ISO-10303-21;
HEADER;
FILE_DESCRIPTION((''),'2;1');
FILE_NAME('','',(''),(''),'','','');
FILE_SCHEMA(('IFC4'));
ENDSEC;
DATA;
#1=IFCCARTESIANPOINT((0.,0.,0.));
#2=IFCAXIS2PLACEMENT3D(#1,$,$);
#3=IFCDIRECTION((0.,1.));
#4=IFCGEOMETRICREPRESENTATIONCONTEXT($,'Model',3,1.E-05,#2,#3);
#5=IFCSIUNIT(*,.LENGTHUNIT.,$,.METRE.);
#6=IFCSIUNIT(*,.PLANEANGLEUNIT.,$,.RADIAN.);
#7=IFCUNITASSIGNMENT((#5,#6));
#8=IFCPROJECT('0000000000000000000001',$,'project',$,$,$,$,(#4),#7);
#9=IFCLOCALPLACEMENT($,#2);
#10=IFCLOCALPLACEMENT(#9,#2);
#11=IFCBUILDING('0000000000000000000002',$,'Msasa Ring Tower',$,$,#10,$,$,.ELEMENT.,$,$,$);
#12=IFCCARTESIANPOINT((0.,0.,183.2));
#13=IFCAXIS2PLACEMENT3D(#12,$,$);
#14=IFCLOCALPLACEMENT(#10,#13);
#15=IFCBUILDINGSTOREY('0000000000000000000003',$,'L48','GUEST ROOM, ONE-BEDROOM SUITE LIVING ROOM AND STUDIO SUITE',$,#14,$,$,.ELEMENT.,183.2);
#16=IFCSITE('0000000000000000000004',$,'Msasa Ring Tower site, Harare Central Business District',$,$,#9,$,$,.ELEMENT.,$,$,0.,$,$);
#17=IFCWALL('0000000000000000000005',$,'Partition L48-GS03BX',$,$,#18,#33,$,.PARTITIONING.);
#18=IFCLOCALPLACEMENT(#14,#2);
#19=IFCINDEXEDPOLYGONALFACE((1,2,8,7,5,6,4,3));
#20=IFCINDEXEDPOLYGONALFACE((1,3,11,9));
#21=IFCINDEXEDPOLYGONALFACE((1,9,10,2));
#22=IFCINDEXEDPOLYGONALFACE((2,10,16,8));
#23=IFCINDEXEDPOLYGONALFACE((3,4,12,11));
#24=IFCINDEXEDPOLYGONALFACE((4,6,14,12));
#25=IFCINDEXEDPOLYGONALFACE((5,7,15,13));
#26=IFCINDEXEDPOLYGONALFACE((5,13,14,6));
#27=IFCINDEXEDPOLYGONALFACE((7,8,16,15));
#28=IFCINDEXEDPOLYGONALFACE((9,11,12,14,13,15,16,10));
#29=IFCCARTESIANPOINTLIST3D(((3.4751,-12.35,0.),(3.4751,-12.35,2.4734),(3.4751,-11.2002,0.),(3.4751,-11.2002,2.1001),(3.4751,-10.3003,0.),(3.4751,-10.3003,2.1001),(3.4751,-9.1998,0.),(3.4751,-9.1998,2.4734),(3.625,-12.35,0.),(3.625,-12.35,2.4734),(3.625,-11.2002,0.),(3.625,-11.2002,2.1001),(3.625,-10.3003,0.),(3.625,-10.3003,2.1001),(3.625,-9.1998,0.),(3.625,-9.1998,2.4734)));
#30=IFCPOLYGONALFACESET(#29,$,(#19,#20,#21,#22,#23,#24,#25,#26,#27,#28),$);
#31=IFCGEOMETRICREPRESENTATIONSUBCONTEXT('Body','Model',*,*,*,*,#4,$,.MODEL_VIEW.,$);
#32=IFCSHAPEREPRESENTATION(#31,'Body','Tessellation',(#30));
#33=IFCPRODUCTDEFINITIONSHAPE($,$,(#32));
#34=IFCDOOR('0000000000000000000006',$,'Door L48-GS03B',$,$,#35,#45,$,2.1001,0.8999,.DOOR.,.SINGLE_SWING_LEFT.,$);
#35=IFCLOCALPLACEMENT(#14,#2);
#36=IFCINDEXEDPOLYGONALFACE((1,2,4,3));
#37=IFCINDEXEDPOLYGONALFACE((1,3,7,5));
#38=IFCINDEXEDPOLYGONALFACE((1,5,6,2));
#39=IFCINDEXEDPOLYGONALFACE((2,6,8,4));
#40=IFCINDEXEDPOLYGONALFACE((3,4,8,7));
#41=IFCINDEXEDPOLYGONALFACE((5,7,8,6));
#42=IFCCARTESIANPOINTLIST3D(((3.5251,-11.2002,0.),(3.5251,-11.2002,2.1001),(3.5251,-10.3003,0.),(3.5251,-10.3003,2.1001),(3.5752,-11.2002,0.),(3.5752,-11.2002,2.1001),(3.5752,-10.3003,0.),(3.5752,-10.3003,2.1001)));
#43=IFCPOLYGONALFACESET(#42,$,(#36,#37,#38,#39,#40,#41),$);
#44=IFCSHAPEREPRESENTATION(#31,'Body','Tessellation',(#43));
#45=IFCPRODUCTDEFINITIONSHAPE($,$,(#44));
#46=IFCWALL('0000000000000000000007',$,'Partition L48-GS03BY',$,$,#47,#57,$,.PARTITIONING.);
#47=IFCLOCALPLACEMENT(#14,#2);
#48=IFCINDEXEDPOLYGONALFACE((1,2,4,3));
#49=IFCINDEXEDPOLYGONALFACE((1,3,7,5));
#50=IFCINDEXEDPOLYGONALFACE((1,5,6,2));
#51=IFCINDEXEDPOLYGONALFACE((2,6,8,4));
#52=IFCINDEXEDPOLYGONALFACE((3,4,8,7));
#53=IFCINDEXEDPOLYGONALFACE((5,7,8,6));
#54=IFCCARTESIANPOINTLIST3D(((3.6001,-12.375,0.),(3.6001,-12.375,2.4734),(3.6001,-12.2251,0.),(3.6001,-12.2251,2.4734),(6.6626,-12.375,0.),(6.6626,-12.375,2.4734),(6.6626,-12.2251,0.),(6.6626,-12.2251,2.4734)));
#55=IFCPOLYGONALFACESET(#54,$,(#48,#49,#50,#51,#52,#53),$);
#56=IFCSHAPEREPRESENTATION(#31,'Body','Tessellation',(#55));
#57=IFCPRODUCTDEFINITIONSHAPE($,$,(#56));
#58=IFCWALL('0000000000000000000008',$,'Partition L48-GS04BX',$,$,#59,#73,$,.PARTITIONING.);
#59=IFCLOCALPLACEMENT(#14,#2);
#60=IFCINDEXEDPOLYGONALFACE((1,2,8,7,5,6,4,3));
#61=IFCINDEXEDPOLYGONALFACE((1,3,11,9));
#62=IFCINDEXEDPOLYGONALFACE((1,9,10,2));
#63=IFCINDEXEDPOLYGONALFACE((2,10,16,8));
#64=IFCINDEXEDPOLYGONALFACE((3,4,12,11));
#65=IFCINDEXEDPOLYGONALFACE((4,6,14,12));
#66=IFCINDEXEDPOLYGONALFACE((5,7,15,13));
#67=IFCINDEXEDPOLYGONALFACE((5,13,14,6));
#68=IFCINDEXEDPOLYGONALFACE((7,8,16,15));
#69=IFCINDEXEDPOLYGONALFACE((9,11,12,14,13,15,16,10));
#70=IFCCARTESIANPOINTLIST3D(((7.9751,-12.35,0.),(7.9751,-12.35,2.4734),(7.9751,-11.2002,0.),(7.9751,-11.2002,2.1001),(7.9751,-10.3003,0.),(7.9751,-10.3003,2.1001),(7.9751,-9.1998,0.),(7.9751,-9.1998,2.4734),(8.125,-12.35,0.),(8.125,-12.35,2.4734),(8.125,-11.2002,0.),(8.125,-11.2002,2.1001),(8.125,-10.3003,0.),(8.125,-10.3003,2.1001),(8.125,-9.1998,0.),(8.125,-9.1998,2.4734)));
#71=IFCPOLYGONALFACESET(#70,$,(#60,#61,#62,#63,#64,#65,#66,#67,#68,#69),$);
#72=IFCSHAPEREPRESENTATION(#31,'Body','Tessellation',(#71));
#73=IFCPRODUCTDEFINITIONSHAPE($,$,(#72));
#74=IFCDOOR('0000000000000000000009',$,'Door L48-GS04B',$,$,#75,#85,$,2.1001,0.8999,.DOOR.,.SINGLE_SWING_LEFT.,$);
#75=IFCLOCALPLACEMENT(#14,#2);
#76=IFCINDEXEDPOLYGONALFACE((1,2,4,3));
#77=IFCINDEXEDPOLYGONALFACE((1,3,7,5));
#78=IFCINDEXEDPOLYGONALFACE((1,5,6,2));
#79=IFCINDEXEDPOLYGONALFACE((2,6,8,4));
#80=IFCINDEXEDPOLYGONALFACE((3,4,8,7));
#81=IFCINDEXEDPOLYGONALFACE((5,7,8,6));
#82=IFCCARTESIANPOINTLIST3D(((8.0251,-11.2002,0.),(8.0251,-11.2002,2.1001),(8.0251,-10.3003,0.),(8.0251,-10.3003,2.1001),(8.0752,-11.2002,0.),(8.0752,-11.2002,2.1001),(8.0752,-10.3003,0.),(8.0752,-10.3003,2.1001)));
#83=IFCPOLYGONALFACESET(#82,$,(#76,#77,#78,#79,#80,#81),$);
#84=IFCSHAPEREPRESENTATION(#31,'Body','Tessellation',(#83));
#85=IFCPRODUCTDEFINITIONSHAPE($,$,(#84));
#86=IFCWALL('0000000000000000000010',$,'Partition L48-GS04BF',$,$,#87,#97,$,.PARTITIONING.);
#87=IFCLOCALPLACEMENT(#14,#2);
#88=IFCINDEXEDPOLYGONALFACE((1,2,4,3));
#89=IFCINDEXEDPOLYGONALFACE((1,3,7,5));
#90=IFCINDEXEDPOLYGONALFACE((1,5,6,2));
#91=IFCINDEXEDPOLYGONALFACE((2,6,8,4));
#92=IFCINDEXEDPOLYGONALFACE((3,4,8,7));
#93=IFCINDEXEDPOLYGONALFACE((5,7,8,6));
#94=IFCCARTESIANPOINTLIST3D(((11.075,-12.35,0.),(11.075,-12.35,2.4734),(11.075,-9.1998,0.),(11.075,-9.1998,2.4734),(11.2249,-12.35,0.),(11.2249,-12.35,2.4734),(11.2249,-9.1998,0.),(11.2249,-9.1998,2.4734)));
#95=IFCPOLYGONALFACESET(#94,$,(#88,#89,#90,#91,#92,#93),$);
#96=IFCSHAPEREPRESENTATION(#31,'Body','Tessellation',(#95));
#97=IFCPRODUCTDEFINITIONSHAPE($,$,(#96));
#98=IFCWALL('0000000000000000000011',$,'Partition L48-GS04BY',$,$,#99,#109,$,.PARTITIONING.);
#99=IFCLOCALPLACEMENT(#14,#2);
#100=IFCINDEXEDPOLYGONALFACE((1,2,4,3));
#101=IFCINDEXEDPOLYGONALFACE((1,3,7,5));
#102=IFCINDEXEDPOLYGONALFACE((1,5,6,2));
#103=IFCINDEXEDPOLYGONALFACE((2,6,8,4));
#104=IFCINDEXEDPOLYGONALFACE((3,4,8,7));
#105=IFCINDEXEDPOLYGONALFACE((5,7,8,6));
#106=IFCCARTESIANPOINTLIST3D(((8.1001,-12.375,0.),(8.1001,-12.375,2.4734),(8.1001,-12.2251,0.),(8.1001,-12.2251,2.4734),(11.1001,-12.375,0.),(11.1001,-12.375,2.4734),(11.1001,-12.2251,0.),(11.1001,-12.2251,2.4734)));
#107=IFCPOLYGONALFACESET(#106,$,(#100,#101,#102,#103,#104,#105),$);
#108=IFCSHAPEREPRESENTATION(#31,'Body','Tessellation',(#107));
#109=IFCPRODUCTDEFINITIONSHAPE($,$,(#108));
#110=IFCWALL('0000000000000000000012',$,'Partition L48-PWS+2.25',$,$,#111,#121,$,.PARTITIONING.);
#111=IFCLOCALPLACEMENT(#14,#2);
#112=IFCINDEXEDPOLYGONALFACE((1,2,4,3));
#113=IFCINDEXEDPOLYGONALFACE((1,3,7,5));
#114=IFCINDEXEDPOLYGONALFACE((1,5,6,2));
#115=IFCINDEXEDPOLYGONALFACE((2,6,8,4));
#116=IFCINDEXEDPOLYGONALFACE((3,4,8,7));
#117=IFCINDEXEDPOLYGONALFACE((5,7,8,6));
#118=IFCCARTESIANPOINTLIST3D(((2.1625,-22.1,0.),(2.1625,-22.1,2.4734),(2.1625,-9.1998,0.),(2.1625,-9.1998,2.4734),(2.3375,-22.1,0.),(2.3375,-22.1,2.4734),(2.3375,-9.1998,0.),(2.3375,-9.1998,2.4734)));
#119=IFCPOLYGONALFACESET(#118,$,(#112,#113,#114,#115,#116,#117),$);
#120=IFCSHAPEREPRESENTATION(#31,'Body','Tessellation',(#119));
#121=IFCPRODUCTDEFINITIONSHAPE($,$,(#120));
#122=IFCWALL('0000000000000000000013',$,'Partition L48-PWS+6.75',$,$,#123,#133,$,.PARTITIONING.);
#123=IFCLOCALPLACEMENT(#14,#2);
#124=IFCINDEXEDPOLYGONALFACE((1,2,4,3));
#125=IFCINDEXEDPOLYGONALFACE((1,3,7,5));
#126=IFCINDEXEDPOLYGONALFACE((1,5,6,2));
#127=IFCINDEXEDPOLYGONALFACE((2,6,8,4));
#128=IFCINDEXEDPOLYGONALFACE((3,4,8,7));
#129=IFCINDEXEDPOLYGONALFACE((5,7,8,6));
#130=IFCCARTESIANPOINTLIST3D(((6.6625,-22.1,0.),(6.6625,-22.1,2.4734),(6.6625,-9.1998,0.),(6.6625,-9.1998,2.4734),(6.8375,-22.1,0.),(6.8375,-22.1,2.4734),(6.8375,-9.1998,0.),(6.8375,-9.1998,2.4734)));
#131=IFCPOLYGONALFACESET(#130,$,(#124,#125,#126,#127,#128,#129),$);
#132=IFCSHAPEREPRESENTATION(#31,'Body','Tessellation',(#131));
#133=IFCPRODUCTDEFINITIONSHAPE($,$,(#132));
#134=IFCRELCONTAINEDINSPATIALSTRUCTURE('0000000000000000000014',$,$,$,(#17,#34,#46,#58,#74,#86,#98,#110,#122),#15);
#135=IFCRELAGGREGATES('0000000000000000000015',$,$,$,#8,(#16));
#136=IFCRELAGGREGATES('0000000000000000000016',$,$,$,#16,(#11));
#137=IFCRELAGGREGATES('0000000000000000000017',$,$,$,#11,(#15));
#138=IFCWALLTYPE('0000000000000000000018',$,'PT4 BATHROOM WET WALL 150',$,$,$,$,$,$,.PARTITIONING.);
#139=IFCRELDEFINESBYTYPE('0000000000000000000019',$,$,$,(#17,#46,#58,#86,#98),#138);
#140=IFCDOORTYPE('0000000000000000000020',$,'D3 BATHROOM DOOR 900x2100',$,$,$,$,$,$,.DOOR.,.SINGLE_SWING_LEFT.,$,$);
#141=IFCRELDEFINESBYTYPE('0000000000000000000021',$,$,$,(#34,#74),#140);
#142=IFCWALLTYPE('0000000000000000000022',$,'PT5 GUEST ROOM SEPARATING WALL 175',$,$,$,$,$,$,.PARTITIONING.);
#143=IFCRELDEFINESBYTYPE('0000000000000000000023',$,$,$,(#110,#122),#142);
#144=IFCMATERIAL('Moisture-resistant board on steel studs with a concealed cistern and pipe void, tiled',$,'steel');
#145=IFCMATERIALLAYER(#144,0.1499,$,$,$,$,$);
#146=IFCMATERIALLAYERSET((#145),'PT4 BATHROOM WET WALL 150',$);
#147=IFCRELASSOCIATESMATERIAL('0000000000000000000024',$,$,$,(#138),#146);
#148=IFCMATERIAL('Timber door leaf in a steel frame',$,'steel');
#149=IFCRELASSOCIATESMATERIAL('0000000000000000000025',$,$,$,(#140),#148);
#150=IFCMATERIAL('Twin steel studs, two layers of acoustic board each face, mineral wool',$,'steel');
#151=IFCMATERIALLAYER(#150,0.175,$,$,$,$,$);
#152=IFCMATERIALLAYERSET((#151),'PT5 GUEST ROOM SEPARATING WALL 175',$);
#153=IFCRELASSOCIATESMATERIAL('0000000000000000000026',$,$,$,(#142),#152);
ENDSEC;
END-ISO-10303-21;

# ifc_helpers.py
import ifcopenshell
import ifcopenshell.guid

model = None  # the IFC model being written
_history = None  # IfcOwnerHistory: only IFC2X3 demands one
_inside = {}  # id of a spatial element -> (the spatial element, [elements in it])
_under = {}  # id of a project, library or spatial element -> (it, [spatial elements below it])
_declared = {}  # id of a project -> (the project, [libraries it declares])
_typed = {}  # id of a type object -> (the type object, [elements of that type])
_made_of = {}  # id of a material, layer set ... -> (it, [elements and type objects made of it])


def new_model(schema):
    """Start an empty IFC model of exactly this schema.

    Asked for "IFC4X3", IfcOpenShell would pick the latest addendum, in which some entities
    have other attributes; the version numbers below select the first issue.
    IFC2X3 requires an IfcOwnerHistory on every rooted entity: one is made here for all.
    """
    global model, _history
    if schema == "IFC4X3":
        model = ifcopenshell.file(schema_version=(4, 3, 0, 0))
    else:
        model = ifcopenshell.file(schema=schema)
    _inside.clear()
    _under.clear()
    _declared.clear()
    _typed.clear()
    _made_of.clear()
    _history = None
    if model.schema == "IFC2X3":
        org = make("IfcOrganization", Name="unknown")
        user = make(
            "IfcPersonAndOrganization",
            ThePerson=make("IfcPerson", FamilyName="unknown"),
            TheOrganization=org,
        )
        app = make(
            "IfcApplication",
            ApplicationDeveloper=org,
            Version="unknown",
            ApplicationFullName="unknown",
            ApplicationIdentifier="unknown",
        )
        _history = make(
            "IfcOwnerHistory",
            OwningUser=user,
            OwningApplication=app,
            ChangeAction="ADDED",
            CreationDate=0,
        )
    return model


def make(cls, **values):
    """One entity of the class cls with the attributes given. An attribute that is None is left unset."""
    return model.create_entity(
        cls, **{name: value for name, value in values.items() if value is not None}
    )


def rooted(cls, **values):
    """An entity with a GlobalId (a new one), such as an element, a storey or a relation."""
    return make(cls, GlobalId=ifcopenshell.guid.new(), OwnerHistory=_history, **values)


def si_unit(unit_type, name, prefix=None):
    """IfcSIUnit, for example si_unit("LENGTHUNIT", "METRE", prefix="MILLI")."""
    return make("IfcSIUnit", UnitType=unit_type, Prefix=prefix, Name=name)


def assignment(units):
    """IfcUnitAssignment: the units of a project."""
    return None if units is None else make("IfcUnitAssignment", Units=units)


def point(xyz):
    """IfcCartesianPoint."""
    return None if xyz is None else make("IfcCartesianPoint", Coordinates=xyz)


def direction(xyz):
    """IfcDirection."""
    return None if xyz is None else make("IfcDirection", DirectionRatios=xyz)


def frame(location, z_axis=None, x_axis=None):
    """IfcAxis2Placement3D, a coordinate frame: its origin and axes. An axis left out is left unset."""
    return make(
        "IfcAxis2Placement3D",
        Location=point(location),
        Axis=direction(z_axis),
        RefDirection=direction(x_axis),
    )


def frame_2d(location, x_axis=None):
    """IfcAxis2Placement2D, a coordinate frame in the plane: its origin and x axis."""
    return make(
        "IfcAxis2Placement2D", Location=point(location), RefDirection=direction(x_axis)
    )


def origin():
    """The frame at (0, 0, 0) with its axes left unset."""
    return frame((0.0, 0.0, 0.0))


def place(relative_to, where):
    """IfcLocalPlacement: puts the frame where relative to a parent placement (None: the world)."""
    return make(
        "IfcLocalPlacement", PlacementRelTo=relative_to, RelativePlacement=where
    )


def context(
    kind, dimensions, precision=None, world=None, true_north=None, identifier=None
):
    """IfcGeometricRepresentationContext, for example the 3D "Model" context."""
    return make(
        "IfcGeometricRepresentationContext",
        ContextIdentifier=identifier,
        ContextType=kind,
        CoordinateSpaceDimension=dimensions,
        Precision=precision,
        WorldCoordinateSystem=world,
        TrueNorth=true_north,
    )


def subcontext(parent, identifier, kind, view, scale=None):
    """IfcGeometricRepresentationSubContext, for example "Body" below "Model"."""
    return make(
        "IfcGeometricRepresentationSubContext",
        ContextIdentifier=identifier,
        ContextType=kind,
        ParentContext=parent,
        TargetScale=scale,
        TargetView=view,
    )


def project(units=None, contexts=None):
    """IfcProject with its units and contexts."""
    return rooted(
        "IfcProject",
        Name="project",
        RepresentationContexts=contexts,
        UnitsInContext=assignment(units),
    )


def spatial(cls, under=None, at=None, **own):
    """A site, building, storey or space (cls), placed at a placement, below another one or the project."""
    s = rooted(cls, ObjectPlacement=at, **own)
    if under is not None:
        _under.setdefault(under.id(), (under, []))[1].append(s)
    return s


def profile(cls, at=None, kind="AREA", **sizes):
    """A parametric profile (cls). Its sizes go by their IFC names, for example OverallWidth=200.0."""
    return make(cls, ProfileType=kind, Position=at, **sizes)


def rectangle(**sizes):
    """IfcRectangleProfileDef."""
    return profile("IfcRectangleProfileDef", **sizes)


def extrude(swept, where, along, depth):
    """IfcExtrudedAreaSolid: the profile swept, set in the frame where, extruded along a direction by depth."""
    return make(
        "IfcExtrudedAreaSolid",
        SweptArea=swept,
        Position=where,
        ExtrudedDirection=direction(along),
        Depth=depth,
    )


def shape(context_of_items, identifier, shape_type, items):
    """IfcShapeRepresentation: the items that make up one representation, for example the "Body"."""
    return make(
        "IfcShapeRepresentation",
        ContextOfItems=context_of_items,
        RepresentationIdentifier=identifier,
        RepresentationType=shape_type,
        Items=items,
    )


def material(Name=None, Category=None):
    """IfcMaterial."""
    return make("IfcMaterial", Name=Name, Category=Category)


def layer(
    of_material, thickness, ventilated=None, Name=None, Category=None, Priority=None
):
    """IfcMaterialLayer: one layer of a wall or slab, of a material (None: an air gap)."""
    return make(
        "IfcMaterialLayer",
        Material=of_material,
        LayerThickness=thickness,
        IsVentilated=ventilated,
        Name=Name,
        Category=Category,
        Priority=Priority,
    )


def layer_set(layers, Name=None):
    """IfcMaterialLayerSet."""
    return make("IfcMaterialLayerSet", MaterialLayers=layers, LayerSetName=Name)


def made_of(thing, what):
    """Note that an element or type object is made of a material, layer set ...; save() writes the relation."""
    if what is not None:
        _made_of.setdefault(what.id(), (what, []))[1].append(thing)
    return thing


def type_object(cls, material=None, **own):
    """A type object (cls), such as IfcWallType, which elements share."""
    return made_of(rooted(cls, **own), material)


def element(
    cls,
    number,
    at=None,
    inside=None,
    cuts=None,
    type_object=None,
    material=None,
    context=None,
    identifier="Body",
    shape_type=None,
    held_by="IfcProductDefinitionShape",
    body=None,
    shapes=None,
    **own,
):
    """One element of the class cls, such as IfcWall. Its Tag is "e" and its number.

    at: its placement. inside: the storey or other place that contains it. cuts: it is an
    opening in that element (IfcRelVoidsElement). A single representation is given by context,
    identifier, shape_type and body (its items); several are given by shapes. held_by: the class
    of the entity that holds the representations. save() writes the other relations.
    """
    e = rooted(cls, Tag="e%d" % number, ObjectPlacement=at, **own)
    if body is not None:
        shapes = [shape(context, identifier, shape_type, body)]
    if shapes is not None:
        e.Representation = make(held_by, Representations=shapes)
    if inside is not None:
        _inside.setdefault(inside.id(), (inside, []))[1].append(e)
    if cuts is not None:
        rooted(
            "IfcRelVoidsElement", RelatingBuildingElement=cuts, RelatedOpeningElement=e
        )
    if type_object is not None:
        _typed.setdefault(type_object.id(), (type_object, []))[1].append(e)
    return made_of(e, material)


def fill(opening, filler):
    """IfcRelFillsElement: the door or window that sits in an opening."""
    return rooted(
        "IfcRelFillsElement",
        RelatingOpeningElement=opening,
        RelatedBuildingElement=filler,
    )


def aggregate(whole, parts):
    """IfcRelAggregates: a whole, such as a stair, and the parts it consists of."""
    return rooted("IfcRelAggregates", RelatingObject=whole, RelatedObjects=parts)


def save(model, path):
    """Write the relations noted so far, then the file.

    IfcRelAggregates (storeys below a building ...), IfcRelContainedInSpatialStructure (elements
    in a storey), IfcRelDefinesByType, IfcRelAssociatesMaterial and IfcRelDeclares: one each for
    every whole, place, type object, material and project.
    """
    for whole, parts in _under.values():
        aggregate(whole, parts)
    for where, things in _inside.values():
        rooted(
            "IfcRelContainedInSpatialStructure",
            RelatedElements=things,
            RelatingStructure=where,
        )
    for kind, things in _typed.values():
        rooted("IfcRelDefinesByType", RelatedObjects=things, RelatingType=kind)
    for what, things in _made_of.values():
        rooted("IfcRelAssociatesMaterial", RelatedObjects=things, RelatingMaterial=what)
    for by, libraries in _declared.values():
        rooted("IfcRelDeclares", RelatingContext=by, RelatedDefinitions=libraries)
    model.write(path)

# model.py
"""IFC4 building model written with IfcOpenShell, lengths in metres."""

from ifc_helpers import new_model, si_unit, direction, frame, frame_2d, origin, place, context, subcontext, project, spatial, rectangle, extrude, material, layer, layer_set, type_object, element, fill, save


model = new_model("IFC4")

# Units and contexts
model_context = context("Model", 3, precision=1e-05, world=origin(), true_north=direction((0.0, 1.0)))
body_context = subcontext(model_context, "Body", "Model", "MODEL_VIEW")
ifc_project = project(units=[si_unit("LENGTHUNIT", "METRE"), si_unit("PLANEANGLEUNIT", "RADIAN")], contexts=[model_context])

# Site, building, storey
site_placement = place(None, origin())
site = spatial("IfcSite", under=ifc_project, at=site_placement, Name="Msasa Ring Tower site, Harare Central Business District", CompositionType="ELEMENT", RefElevation=0.0)
building_placement = place(site_placement, origin())
building = spatial("IfcBuilding", under=site, at=building_placement, Name="Msasa Ring Tower", CompositionType="ELEMENT")
storey_placement = place(building_placement, frame((0.0, 0.0, 183.2)))
storey = spatial("IfcBuildingStorey", under=building, at=storey_placement, Name="L48", Description="GUEST ROOM, ONE-BEDROOM SUITE LIVING ROOM AND STUDIO SUITE", CompositionType="ELEMENT", Elevation=183.2)

# Wall, opening, door
ifc_material_1 = material(Name="Moisture-resistant board on steel studs with a concealed cistern and pipe void, tiled", Category="steel")
ifc_layer_1 = layer(ifc_material_1, 0.1499)
ifc_layer_set_1 = layer_set([ifc_layer_1], Name="PT4 BATHROOM WET WALL 150")
wall_type_1 = type_object("IfcWallType", Name="PT4 BATHROOM WET WALL 150", PredefinedType="PARTITIONING", material=ifc_layer_set_1)
ifc_material_2 = material(Name="Timber door leaf in a steel frame", Category="steel")
door_type = type_object("IfcDoorType", Name="D3 BATHROOM DOOR 900x2100", OperationType="SINGLE_SWING_LEFT", PredefinedType="DOOR", material=ifc_material_2)
wall_1_placement = place(storey_placement, frame((3.55, -12.3501, 0.0), z_axis=(0.0, 0.0, 1.0), x_axis=(0.0, 1.0, 0.0)))
wall_1 = element("IfcWall", 1, at=wall_1_placement, inside=storey, type_object=wall_type_1, Name="Partition L48-GS03BX", PredefinedType="PARTITIONING", context=body_context, shape_type="SweptSolid", body=[
    extrude(rectangle(XDim=3.1501, YDim=0.1499, at=frame_2d((1.5752, 0.0))), origin(), (0.0, 0.0, 1.0), 2.4734),
])
opening_1_placement = place(wall_1_placement, frame((1.1499, 0.0, 0.0)))
opening_1 = element("IfcOpeningElement", 2, at=opening_1_placement, cuts=wall_1, PredefinedType="OPENING", context=body_context, shape_type="SweptSolid", body=[
    extrude(rectangle(XDim=0.8999, YDim=2.1001, at=frame_2d((0.45, 1.05))), frame((0.0, 0.085, 0.0), z_axis=(0.0, -1.0, 0.0), x_axis=(1.0, 0.0, 0.0)), (0.0, 0.0, 1.0), 0.1699),
])
door_1_placement = place(opening_1_placement, origin())
door_1 = element("IfcDoor", 3, at=door_1_placement, inside=storey, type_object=door_type, Name="Door L48-GS03B", OperationType="SINGLE_SWING_LEFT", OverallHeight=2.1001, OverallWidth=0.8999, PredefinedType="DOOR", context=body_context, shape_type="SweptSolid", body=[
    extrude(rectangle(XDim=0.8999, YDim=2.1001, at=frame_2d((0.45, 1.05))), frame((0.0, 0.0249, 0.0), z_axis=(0.0, -1.0, 0.0), x_axis=(1.0, 0.0, 0.0)), (0.0, 0.0, 1.0), 0.05),
])
fill(opening_1, door_1)

# Wall
wall_2_placement = place(storey_placement, frame((3.6001, -12.3, 0.0), z_axis=(0.0, 0.0, 1.0), x_axis=(1.0, 0.0, 0.0)))
element("IfcWall", 4, at=wall_2_placement, inside=storey, type_object=wall_type_1, Name="Partition L48-GS03BY", PredefinedType="PARTITIONING", context=body_context, shape_type="SweptSolid", body=[
    extrude(rectangle(XDim=3.0625, YDim=0.1499, at=frame_2d((1.5312, 0.0))), origin(), (0.0, 0.0, 1.0), 2.4734),
])

# Wall, opening, door
wall_3_placement = place(storey_placement, frame((8.05, -12.3501, 0.0), z_axis=(0.0, 0.0, 1.0), x_axis=(0.0, 1.0, 0.0)))
wall_3 = element("IfcWall", 5, at=wall_3_placement, inside=storey, type_object=wall_type_1, Name="Partition L48-GS04BX", PredefinedType="PARTITIONING", context=body_context, shape_type="SweptSolid", body=[
    extrude(rectangle(XDim=3.1501, YDim=0.1499, at=frame_2d((1.5752, 0.0))), origin(), (0.0, 0.0, 1.0), 2.4734),
])
opening_2_placement = place(wall_3_placement, frame((1.1499, 0.0, 0.0)))
opening_2 = element("IfcOpeningElement", 6, at=opening_2_placement, cuts=wall_3, PredefinedType="OPENING", context=body_context, shape_type="SweptSolid", body=[
    extrude(rectangle(XDim=0.8999, YDim=2.1001, at=frame_2d((0.45, 1.05))), frame((0.0, 0.085, 0.0), z_axis=(0.0, -1.0, 0.0), x_axis=(1.0, 0.0, 0.0)), (0.0, 0.0, 1.0), 0.1699),
])
door_2_placement = place(opening_2_placement, origin())
door_2 = element("IfcDoor", 7, at=door_2_placement, inside=storey, type_object=door_type, Name="Door L48-GS04B", OperationType="SINGLE_SWING_LEFT", OverallHeight=2.1001, OverallWidth=0.8999, PredefinedType="DOOR", context=body_context, shape_type="SweptSolid", body=[
    extrude(rectangle(XDim=0.8999, YDim=2.1001, at=frame_2d((0.45, 1.05))), frame((0.0, 0.0249, 0.0), z_axis=(0.0, -1.0, 0.0), x_axis=(1.0, 0.0, 0.0)), (0.0, 0.0, 1.0), 0.05),
])
fill(opening_2, door_2)

# Walls
wall_4_placement = place(storey_placement, frame((11.1499, -12.3501, 0.0), z_axis=(0.0, 0.0, 1.0), x_axis=(0.0, 1.0, 0.0)))
element("IfcWall", 8, at=wall_4_placement, inside=storey, type_object=wall_type_1, Name="Partition L48-GS04BF", PredefinedType="PARTITIONING", context=body_context, shape_type="SweptSolid", body=[
    extrude(rectangle(XDim=3.1501, YDim=0.1499, at=frame_2d((1.5752, 0.0))), origin(), (0.0, 0.0, 1.0), 2.4734),
])
wall_5_placement = place(storey_placement, frame((8.1001, -12.3, 0.0), z_axis=(0.0, 0.0, 1.0), x_axis=(1.0, 0.0, 0.0)))
element("IfcWall", 9, at=wall_5_placement, inside=storey, type_object=wall_type_1, Name="Partition L48-GS04BY", PredefinedType="PARTITIONING", context=body_context, shape_type="SweptSolid", body=[
    extrude(rectangle(XDim=3.0, YDim=0.1499, at=frame_2d((1.5, 0.0))), origin(), (0.0, 0.0, 1.0), 2.4734),
])
ifc_material_3 = material(Name="Twin steel studs, two layers of acoustic board each face, mineral wool", Category="steel")
ifc_layer_2 = layer(ifc_material_3, 0.175)
ifc_layer_set_2 = layer_set([ifc_layer_2], Name="PT5 GUEST ROOM SEPARATING WALL 175")
wall_type_2 = type_object("IfcWallType", Name="PT5 GUEST ROOM SEPARATING WALL 175", PredefinedType="PARTITIONING", material=ifc_layer_set_2)
for number, where, z_axis, x_axis, name in (
    (10, (2.25, -22.1001, 0.0), (0.0, 0.0, 1.0), (0.0, 1.0, 0.0), "Partition L48-PWS+2.25"),
    (11, (6.75, -22.1001, 0.0), (0.0, 0.0, 1.0), (0.0, 1.0, 0.0), "Partition L48-PWS+6.75"),
):
    element("IfcWall", number, at=place(storey_placement, frame(where, z_axis=z_axis, x_axis=x_axis)), inside=storey, type_object=wall_type_2, Name=name, PredefinedType="PARTITIONING", context=body_context, shape_type="SweptSolid", body=[
        extrude(rectangle(XDim=12.9001, YDim=0.175, at=frame_2d((6.4502, 0.0))), origin(), (0.0, 0.0, 1.0), 2.4734),
    ])

save(model, "model.ifc")
